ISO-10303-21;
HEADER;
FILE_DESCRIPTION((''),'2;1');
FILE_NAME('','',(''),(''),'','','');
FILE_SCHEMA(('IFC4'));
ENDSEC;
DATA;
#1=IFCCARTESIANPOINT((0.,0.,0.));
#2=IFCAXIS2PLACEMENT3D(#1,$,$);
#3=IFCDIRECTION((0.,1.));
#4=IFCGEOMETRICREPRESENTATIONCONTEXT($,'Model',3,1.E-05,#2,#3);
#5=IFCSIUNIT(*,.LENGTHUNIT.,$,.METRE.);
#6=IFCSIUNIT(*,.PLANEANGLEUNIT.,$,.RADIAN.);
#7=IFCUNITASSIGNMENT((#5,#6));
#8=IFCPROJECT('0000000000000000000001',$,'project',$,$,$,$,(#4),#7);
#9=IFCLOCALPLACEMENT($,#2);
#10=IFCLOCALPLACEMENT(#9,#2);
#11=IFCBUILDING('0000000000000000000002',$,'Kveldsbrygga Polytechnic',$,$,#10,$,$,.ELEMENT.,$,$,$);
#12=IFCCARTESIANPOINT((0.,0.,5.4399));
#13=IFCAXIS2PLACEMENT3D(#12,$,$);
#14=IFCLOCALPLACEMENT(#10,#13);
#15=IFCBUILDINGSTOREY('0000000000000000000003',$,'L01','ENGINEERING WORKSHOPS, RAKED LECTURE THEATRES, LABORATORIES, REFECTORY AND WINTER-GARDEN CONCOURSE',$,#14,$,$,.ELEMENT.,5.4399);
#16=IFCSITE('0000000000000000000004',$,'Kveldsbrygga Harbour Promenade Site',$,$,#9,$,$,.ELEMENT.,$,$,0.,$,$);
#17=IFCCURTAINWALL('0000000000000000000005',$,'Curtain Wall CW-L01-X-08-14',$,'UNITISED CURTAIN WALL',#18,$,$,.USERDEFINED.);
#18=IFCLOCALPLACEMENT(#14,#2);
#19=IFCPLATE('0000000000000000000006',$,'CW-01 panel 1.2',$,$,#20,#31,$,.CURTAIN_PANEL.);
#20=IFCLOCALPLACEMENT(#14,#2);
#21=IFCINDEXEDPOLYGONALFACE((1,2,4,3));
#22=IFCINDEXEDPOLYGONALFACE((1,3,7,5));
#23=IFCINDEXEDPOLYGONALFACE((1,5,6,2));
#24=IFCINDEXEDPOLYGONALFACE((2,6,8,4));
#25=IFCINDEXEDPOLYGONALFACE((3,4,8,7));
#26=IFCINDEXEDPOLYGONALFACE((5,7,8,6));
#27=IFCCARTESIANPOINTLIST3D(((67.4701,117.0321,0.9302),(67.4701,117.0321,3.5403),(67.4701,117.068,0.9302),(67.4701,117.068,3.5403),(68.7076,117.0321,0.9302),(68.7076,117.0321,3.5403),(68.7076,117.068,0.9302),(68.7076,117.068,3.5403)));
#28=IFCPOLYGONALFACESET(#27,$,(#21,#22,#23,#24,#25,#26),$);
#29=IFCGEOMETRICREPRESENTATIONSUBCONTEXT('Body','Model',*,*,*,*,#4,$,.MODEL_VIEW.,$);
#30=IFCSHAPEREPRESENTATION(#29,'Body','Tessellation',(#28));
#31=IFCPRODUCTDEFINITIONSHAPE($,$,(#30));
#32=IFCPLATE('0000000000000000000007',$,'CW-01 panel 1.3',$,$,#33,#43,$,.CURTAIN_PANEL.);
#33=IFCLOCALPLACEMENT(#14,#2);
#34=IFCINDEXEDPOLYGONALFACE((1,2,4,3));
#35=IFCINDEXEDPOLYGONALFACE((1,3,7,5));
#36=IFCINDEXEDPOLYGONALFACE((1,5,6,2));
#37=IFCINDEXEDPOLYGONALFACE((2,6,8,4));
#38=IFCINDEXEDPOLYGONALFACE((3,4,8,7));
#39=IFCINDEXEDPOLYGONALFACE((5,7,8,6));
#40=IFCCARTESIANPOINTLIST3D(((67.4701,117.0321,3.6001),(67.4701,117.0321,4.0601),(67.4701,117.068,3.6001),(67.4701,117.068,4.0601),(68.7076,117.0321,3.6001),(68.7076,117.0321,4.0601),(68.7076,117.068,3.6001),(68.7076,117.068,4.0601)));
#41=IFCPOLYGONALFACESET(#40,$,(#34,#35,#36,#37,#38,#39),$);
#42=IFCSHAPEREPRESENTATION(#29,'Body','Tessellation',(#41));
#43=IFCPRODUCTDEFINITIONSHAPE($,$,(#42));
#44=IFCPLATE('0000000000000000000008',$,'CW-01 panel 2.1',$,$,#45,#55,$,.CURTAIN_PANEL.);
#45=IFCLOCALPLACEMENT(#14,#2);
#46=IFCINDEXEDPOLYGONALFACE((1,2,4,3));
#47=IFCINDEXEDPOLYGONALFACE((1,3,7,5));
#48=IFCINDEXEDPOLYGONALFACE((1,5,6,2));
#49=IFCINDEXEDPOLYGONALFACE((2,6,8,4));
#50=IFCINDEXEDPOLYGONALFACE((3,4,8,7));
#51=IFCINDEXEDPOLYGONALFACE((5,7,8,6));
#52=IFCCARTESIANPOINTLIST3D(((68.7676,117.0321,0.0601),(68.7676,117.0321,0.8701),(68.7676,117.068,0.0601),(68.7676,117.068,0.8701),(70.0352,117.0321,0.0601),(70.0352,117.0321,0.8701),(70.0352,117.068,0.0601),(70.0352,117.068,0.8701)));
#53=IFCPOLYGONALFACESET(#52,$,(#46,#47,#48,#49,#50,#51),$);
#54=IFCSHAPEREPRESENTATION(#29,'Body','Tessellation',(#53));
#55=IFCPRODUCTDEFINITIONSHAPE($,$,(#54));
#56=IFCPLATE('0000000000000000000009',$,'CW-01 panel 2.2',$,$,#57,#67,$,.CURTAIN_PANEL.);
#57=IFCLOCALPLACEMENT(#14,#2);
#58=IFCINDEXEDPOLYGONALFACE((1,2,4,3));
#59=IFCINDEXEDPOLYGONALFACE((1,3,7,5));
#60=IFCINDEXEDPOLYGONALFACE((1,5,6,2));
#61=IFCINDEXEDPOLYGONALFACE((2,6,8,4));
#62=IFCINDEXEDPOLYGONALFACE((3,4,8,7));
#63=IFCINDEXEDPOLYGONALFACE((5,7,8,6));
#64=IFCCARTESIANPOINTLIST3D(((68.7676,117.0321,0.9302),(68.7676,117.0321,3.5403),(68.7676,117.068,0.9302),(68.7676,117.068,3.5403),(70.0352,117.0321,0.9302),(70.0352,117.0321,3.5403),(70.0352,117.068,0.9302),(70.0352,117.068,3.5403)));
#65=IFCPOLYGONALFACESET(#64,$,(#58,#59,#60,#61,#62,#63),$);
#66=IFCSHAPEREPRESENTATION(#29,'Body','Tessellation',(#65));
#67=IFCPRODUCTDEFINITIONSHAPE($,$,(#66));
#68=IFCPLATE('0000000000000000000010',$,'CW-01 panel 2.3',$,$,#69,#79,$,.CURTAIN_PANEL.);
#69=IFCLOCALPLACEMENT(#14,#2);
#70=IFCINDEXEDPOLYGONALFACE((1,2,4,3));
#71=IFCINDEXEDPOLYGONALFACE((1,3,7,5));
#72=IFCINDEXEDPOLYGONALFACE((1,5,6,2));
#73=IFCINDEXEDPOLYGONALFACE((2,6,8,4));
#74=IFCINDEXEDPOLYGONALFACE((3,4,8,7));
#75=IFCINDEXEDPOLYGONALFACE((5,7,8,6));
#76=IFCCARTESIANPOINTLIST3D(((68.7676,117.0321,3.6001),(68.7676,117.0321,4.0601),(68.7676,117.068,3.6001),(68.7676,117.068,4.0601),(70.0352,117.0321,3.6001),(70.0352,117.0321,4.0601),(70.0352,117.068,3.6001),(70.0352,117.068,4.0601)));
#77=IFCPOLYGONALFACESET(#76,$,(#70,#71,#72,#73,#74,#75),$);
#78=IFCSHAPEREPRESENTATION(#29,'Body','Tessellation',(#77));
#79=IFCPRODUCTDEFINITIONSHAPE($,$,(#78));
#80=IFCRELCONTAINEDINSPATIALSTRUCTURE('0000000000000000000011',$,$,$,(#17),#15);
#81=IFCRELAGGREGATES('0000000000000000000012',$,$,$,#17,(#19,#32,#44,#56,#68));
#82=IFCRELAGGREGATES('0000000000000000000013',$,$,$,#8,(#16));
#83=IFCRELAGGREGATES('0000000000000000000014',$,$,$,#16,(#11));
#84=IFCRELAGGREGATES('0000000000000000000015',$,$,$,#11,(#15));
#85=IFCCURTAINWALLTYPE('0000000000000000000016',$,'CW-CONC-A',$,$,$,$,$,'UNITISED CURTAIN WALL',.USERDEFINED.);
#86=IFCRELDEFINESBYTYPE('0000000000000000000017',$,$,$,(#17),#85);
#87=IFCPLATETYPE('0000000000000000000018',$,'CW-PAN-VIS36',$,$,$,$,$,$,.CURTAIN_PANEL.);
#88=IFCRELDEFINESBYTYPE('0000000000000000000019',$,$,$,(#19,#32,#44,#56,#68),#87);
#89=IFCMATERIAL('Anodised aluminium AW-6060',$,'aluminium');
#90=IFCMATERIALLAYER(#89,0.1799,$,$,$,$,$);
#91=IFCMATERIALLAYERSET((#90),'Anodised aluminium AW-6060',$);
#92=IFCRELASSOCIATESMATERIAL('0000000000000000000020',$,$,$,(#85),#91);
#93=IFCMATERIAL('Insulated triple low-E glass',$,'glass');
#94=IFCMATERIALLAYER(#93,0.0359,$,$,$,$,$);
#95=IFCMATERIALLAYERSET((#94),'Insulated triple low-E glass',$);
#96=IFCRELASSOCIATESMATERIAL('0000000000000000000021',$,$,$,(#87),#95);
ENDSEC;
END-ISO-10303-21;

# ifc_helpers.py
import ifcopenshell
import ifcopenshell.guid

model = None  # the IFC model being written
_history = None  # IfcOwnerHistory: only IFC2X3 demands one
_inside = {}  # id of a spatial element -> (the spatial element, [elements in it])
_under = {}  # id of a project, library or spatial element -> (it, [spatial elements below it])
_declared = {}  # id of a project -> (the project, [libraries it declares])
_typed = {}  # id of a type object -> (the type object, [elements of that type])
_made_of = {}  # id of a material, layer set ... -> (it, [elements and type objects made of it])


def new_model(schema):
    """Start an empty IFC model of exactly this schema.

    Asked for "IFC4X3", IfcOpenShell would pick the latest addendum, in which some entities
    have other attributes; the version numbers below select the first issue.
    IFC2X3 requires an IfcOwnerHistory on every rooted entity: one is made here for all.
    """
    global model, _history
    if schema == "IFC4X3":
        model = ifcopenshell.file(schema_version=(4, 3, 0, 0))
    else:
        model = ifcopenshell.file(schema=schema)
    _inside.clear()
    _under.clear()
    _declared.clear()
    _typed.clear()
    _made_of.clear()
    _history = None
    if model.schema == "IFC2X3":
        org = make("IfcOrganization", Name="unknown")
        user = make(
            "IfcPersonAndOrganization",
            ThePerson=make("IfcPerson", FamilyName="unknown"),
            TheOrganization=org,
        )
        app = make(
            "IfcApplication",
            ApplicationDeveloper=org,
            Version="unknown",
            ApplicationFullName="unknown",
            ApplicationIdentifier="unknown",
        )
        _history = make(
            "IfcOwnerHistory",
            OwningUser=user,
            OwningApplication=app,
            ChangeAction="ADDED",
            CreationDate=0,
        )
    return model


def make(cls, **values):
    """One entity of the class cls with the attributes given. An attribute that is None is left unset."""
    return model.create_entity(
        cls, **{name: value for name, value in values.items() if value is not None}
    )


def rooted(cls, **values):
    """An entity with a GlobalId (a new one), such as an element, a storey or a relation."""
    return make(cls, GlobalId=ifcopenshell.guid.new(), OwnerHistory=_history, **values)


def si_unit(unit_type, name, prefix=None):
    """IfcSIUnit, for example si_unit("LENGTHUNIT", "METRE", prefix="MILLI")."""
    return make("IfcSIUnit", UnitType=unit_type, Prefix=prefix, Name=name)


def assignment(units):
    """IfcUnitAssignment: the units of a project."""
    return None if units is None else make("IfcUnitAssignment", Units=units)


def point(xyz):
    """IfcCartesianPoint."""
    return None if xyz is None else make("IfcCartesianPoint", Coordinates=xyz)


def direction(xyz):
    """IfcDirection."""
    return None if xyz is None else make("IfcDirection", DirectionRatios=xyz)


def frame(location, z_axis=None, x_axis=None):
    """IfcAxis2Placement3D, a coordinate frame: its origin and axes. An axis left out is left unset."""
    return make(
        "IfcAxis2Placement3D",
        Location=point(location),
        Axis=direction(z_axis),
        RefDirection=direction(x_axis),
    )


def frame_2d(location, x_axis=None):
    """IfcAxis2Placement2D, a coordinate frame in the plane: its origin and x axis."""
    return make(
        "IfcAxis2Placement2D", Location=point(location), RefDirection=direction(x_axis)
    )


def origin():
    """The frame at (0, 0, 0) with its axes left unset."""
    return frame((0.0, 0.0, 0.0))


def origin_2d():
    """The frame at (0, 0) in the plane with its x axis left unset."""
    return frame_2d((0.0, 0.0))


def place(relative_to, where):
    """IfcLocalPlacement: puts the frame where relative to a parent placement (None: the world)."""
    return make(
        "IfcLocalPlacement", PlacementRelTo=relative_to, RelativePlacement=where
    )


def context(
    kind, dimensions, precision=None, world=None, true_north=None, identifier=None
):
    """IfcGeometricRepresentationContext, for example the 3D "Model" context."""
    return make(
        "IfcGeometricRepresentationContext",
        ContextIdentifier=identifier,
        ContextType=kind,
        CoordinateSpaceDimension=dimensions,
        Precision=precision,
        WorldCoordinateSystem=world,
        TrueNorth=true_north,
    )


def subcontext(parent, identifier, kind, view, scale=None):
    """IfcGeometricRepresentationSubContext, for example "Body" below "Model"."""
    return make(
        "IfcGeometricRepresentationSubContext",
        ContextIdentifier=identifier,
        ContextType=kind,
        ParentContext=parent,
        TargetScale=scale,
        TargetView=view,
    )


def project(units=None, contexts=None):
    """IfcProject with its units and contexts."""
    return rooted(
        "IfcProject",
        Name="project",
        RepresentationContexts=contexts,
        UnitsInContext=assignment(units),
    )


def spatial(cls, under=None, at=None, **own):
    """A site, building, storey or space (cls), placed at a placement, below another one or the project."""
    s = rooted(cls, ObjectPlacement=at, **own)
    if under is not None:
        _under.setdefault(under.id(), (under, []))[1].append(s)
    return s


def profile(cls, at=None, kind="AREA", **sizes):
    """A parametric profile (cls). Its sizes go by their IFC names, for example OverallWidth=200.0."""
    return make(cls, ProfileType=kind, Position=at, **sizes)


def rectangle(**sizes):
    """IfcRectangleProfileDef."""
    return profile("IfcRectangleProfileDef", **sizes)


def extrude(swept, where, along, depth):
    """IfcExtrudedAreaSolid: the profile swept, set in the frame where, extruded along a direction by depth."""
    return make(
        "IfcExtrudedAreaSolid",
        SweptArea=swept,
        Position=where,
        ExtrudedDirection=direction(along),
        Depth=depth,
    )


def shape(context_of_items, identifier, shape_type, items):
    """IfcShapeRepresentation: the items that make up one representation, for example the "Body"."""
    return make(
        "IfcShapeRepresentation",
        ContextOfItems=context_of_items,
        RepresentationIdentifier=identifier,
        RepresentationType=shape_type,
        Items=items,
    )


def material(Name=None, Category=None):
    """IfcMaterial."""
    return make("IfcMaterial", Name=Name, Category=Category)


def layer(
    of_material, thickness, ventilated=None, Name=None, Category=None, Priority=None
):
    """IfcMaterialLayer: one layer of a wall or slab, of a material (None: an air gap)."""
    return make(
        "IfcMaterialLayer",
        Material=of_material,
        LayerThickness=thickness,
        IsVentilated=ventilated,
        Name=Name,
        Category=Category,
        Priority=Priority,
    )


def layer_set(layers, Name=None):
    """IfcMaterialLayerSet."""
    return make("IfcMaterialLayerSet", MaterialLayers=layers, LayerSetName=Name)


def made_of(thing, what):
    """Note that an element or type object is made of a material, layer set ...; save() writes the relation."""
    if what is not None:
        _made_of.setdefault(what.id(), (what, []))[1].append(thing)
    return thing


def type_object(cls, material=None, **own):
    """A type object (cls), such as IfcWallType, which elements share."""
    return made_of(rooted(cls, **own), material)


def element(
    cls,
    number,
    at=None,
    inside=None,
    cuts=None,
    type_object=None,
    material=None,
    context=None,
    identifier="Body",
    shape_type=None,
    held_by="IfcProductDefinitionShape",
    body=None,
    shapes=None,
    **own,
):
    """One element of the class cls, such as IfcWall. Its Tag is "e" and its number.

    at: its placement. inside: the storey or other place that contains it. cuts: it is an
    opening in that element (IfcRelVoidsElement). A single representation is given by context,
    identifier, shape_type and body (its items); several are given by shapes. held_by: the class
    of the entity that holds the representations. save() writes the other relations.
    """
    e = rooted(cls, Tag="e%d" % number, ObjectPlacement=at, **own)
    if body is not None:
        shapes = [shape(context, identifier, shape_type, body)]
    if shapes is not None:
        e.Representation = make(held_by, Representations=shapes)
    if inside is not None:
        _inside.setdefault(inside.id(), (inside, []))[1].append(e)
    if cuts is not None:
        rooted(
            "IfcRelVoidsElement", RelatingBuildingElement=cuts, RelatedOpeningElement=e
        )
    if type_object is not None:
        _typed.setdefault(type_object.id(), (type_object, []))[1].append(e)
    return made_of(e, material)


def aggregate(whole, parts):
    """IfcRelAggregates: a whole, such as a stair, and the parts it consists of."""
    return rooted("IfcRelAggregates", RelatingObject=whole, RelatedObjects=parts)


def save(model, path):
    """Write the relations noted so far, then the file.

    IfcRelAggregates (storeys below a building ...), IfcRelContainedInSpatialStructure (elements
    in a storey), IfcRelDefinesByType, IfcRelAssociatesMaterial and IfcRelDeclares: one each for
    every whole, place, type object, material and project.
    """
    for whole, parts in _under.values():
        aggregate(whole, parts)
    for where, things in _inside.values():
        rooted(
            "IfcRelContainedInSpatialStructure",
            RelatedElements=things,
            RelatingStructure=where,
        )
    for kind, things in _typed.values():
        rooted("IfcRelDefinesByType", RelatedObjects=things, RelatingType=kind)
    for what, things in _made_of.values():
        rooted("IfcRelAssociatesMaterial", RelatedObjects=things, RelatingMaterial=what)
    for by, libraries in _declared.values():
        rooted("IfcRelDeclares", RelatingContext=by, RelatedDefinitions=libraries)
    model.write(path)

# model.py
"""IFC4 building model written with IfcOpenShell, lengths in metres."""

from ifc_helpers import new_model, si_unit, direction, frame, origin, origin_2d, place, context, subcontext, project, spatial, rectangle, extrude, material, layer, layer_set, type_object, element, aggregate, save


model = new_model("IFC4")

# Units and contexts
model_context = context("Model", 3, precision=1e-05, world=origin(), true_north=direction((0.0, 1.0)))
body_context = subcontext(model_context, "Body", "Model", "MODEL_VIEW")
ifc_project = project(units=[si_unit("LENGTHUNIT", "METRE"), si_unit("PLANEANGLEUNIT", "RADIAN")], contexts=[model_context])

# Site, building, storey
site_placement = place(None, origin())
site = spatial("IfcSite", under=ifc_project, at=site_placement, Name="Kveldsbrygga Harbour Promenade Site", CompositionType="ELEMENT", RefElevation=0.0)
building_placement = place(site_placement, origin())
building = spatial("IfcBuilding", under=site, at=building_placement, Name="Kveldsbrygga Polytechnic", CompositionType="ELEMENT")
storey_placement = place(building_placement, frame((0.0, 0.0, 5.4399)))
storey = spatial("IfcBuildingStorey", under=building, at=storey_placement, Name="L01", Description="ENGINEERING WORKSHOPS, RAKED LECTURE THEATRES, LABORATORIES, REFECTORY AND WINTER-GARDEN CONCOURSE", CompositionType="ELEMENT", Elevation=5.4399)

# Curtain wall, plates
ifc_material_1 = material(Name="Anodised aluminium AW-6060", Category="aluminium")
ifc_layer_1 = layer(ifc_material_1, 0.1799)
ifc_layer_set_1 = layer_set([ifc_layer_1], Name="Anodised aluminium AW-6060")
curtain_wall_type = type_object("IfcCurtainWallType", Name="CW-CONC-A", ElementType="UNITISED CURTAIN WALL", PredefinedType="USERDEFINED", material=ifc_layer_set_1)
curtain_wall_placement = place(storey_placement, origin())
curtain_wall = element("IfcCurtainWall", 1, at=curtain_wall_placement, inside=storey, type_object=curtain_wall_type, Name="Curtain Wall CW-L01-X-08-14", ObjectType="UNITISED CURTAIN WALL", PredefinedType="USERDEFINED")
ifc_material_2 = material(Name="Insulated triple low-E glass", Category="glass")
ifc_layer_2 = layer(ifc_material_2, 0.0359)
ifc_layer_set_2 = layer_set([ifc_layer_2], Name="Insulated triple low-E glass")
plate_type = type_object("IfcPlateType", Name="CW-PAN-VIS36", PredefinedType="CURTAIN_PANEL", material=ifc_layer_set_2)
plate_1_placement = place(storey_placement, frame((68.0889, 117.05, 0.9302), z_axis=(0.0, 0.0, 1.0), x_axis=(1.0, 0.0, 0.0)))
plate_1 = element("IfcPlate", 2, at=plate_1_placement, type_object=plate_type, Name="CW-01 panel 1.2", PredefinedType="CURTAIN_PANEL", context=body_context, shape_type="SweptSolid", body=[
    extrude(rectangle(XDim=1.2375, YDim=0.0359, at=origin_2d()), origin(), (0.0, 0.0, 1.0), 2.6101),
])
plate_2_placement = place(storey_placement, frame((68.0889, 117.05, 3.6001), z_axis=(0.0, 0.0, 1.0), x_axis=(1.0, 0.0, 0.0)))
plate_2 = element("IfcPlate", 3, at=plate_2_placement, type_object=plate_type, Name="CW-01 panel 1.3", PredefinedType="CURTAIN_PANEL", context=body_context, shape_type="SweptSolid", body=[
    extrude(rectangle(XDim=1.2375, YDim=0.0359, at=origin_2d()), origin(), (0.0, 0.0, 1.0), 0.46),
])
plate_3_placement = place(storey_placement, frame((69.4014, 117.05, 0.0601), z_axis=(0.0, 0.0, 1.0), x_axis=(1.0, 0.0, 0.0)))
plate_3 = element("IfcPlate", 4, at=plate_3_placement, type_object=plate_type, Name="CW-01 panel 2.1", PredefinedType="CURTAIN_PANEL", context=body_context, shape_type="SweptSolid", body=[
    extrude(rectangle(XDim=1.2676, YDim=0.0359, at=origin_2d()), origin(), (0.0, 0.0, 1.0), 0.8101),
])
plate_4_placement = place(storey_placement, frame((69.4014, 117.05, 0.9302), z_axis=(0.0, 0.0, 1.0), x_axis=(1.0, 0.0, 0.0)))
plate_4 = element("IfcPlate", 5, at=plate_4_placement, type_object=plate_type, Name="CW-01 panel 2.2", PredefinedType="CURTAIN_PANEL", context=body_context, shape_type="SweptSolid", body=[
    extrude(rectangle(XDim=1.2676, YDim=0.0359, at=origin_2d()), origin(), (0.0, 0.0, 1.0), 2.6101),
])
plate_5_placement = place(storey_placement, frame((69.4014, 117.05, 3.6001), z_axis=(0.0, 0.0, 1.0), x_axis=(1.0, 0.0, 0.0)))
plate_5 = element("IfcPlate", 6, at=plate_5_placement, type_object=plate_type, Name="CW-01 panel 2.3", PredefinedType="CURTAIN_PANEL", context=body_context, shape_type="SweptSolid", body=[
    extrude(rectangle(XDim=1.2676, YDim=0.0359, at=origin_2d()), origin(), (0.0, 0.0, 1.0), 0.46),
])
aggregate(curtain_wall, [plate_1, plate_2, plate_3, plate_4, plate_5])

save(model, "model.ifc")
